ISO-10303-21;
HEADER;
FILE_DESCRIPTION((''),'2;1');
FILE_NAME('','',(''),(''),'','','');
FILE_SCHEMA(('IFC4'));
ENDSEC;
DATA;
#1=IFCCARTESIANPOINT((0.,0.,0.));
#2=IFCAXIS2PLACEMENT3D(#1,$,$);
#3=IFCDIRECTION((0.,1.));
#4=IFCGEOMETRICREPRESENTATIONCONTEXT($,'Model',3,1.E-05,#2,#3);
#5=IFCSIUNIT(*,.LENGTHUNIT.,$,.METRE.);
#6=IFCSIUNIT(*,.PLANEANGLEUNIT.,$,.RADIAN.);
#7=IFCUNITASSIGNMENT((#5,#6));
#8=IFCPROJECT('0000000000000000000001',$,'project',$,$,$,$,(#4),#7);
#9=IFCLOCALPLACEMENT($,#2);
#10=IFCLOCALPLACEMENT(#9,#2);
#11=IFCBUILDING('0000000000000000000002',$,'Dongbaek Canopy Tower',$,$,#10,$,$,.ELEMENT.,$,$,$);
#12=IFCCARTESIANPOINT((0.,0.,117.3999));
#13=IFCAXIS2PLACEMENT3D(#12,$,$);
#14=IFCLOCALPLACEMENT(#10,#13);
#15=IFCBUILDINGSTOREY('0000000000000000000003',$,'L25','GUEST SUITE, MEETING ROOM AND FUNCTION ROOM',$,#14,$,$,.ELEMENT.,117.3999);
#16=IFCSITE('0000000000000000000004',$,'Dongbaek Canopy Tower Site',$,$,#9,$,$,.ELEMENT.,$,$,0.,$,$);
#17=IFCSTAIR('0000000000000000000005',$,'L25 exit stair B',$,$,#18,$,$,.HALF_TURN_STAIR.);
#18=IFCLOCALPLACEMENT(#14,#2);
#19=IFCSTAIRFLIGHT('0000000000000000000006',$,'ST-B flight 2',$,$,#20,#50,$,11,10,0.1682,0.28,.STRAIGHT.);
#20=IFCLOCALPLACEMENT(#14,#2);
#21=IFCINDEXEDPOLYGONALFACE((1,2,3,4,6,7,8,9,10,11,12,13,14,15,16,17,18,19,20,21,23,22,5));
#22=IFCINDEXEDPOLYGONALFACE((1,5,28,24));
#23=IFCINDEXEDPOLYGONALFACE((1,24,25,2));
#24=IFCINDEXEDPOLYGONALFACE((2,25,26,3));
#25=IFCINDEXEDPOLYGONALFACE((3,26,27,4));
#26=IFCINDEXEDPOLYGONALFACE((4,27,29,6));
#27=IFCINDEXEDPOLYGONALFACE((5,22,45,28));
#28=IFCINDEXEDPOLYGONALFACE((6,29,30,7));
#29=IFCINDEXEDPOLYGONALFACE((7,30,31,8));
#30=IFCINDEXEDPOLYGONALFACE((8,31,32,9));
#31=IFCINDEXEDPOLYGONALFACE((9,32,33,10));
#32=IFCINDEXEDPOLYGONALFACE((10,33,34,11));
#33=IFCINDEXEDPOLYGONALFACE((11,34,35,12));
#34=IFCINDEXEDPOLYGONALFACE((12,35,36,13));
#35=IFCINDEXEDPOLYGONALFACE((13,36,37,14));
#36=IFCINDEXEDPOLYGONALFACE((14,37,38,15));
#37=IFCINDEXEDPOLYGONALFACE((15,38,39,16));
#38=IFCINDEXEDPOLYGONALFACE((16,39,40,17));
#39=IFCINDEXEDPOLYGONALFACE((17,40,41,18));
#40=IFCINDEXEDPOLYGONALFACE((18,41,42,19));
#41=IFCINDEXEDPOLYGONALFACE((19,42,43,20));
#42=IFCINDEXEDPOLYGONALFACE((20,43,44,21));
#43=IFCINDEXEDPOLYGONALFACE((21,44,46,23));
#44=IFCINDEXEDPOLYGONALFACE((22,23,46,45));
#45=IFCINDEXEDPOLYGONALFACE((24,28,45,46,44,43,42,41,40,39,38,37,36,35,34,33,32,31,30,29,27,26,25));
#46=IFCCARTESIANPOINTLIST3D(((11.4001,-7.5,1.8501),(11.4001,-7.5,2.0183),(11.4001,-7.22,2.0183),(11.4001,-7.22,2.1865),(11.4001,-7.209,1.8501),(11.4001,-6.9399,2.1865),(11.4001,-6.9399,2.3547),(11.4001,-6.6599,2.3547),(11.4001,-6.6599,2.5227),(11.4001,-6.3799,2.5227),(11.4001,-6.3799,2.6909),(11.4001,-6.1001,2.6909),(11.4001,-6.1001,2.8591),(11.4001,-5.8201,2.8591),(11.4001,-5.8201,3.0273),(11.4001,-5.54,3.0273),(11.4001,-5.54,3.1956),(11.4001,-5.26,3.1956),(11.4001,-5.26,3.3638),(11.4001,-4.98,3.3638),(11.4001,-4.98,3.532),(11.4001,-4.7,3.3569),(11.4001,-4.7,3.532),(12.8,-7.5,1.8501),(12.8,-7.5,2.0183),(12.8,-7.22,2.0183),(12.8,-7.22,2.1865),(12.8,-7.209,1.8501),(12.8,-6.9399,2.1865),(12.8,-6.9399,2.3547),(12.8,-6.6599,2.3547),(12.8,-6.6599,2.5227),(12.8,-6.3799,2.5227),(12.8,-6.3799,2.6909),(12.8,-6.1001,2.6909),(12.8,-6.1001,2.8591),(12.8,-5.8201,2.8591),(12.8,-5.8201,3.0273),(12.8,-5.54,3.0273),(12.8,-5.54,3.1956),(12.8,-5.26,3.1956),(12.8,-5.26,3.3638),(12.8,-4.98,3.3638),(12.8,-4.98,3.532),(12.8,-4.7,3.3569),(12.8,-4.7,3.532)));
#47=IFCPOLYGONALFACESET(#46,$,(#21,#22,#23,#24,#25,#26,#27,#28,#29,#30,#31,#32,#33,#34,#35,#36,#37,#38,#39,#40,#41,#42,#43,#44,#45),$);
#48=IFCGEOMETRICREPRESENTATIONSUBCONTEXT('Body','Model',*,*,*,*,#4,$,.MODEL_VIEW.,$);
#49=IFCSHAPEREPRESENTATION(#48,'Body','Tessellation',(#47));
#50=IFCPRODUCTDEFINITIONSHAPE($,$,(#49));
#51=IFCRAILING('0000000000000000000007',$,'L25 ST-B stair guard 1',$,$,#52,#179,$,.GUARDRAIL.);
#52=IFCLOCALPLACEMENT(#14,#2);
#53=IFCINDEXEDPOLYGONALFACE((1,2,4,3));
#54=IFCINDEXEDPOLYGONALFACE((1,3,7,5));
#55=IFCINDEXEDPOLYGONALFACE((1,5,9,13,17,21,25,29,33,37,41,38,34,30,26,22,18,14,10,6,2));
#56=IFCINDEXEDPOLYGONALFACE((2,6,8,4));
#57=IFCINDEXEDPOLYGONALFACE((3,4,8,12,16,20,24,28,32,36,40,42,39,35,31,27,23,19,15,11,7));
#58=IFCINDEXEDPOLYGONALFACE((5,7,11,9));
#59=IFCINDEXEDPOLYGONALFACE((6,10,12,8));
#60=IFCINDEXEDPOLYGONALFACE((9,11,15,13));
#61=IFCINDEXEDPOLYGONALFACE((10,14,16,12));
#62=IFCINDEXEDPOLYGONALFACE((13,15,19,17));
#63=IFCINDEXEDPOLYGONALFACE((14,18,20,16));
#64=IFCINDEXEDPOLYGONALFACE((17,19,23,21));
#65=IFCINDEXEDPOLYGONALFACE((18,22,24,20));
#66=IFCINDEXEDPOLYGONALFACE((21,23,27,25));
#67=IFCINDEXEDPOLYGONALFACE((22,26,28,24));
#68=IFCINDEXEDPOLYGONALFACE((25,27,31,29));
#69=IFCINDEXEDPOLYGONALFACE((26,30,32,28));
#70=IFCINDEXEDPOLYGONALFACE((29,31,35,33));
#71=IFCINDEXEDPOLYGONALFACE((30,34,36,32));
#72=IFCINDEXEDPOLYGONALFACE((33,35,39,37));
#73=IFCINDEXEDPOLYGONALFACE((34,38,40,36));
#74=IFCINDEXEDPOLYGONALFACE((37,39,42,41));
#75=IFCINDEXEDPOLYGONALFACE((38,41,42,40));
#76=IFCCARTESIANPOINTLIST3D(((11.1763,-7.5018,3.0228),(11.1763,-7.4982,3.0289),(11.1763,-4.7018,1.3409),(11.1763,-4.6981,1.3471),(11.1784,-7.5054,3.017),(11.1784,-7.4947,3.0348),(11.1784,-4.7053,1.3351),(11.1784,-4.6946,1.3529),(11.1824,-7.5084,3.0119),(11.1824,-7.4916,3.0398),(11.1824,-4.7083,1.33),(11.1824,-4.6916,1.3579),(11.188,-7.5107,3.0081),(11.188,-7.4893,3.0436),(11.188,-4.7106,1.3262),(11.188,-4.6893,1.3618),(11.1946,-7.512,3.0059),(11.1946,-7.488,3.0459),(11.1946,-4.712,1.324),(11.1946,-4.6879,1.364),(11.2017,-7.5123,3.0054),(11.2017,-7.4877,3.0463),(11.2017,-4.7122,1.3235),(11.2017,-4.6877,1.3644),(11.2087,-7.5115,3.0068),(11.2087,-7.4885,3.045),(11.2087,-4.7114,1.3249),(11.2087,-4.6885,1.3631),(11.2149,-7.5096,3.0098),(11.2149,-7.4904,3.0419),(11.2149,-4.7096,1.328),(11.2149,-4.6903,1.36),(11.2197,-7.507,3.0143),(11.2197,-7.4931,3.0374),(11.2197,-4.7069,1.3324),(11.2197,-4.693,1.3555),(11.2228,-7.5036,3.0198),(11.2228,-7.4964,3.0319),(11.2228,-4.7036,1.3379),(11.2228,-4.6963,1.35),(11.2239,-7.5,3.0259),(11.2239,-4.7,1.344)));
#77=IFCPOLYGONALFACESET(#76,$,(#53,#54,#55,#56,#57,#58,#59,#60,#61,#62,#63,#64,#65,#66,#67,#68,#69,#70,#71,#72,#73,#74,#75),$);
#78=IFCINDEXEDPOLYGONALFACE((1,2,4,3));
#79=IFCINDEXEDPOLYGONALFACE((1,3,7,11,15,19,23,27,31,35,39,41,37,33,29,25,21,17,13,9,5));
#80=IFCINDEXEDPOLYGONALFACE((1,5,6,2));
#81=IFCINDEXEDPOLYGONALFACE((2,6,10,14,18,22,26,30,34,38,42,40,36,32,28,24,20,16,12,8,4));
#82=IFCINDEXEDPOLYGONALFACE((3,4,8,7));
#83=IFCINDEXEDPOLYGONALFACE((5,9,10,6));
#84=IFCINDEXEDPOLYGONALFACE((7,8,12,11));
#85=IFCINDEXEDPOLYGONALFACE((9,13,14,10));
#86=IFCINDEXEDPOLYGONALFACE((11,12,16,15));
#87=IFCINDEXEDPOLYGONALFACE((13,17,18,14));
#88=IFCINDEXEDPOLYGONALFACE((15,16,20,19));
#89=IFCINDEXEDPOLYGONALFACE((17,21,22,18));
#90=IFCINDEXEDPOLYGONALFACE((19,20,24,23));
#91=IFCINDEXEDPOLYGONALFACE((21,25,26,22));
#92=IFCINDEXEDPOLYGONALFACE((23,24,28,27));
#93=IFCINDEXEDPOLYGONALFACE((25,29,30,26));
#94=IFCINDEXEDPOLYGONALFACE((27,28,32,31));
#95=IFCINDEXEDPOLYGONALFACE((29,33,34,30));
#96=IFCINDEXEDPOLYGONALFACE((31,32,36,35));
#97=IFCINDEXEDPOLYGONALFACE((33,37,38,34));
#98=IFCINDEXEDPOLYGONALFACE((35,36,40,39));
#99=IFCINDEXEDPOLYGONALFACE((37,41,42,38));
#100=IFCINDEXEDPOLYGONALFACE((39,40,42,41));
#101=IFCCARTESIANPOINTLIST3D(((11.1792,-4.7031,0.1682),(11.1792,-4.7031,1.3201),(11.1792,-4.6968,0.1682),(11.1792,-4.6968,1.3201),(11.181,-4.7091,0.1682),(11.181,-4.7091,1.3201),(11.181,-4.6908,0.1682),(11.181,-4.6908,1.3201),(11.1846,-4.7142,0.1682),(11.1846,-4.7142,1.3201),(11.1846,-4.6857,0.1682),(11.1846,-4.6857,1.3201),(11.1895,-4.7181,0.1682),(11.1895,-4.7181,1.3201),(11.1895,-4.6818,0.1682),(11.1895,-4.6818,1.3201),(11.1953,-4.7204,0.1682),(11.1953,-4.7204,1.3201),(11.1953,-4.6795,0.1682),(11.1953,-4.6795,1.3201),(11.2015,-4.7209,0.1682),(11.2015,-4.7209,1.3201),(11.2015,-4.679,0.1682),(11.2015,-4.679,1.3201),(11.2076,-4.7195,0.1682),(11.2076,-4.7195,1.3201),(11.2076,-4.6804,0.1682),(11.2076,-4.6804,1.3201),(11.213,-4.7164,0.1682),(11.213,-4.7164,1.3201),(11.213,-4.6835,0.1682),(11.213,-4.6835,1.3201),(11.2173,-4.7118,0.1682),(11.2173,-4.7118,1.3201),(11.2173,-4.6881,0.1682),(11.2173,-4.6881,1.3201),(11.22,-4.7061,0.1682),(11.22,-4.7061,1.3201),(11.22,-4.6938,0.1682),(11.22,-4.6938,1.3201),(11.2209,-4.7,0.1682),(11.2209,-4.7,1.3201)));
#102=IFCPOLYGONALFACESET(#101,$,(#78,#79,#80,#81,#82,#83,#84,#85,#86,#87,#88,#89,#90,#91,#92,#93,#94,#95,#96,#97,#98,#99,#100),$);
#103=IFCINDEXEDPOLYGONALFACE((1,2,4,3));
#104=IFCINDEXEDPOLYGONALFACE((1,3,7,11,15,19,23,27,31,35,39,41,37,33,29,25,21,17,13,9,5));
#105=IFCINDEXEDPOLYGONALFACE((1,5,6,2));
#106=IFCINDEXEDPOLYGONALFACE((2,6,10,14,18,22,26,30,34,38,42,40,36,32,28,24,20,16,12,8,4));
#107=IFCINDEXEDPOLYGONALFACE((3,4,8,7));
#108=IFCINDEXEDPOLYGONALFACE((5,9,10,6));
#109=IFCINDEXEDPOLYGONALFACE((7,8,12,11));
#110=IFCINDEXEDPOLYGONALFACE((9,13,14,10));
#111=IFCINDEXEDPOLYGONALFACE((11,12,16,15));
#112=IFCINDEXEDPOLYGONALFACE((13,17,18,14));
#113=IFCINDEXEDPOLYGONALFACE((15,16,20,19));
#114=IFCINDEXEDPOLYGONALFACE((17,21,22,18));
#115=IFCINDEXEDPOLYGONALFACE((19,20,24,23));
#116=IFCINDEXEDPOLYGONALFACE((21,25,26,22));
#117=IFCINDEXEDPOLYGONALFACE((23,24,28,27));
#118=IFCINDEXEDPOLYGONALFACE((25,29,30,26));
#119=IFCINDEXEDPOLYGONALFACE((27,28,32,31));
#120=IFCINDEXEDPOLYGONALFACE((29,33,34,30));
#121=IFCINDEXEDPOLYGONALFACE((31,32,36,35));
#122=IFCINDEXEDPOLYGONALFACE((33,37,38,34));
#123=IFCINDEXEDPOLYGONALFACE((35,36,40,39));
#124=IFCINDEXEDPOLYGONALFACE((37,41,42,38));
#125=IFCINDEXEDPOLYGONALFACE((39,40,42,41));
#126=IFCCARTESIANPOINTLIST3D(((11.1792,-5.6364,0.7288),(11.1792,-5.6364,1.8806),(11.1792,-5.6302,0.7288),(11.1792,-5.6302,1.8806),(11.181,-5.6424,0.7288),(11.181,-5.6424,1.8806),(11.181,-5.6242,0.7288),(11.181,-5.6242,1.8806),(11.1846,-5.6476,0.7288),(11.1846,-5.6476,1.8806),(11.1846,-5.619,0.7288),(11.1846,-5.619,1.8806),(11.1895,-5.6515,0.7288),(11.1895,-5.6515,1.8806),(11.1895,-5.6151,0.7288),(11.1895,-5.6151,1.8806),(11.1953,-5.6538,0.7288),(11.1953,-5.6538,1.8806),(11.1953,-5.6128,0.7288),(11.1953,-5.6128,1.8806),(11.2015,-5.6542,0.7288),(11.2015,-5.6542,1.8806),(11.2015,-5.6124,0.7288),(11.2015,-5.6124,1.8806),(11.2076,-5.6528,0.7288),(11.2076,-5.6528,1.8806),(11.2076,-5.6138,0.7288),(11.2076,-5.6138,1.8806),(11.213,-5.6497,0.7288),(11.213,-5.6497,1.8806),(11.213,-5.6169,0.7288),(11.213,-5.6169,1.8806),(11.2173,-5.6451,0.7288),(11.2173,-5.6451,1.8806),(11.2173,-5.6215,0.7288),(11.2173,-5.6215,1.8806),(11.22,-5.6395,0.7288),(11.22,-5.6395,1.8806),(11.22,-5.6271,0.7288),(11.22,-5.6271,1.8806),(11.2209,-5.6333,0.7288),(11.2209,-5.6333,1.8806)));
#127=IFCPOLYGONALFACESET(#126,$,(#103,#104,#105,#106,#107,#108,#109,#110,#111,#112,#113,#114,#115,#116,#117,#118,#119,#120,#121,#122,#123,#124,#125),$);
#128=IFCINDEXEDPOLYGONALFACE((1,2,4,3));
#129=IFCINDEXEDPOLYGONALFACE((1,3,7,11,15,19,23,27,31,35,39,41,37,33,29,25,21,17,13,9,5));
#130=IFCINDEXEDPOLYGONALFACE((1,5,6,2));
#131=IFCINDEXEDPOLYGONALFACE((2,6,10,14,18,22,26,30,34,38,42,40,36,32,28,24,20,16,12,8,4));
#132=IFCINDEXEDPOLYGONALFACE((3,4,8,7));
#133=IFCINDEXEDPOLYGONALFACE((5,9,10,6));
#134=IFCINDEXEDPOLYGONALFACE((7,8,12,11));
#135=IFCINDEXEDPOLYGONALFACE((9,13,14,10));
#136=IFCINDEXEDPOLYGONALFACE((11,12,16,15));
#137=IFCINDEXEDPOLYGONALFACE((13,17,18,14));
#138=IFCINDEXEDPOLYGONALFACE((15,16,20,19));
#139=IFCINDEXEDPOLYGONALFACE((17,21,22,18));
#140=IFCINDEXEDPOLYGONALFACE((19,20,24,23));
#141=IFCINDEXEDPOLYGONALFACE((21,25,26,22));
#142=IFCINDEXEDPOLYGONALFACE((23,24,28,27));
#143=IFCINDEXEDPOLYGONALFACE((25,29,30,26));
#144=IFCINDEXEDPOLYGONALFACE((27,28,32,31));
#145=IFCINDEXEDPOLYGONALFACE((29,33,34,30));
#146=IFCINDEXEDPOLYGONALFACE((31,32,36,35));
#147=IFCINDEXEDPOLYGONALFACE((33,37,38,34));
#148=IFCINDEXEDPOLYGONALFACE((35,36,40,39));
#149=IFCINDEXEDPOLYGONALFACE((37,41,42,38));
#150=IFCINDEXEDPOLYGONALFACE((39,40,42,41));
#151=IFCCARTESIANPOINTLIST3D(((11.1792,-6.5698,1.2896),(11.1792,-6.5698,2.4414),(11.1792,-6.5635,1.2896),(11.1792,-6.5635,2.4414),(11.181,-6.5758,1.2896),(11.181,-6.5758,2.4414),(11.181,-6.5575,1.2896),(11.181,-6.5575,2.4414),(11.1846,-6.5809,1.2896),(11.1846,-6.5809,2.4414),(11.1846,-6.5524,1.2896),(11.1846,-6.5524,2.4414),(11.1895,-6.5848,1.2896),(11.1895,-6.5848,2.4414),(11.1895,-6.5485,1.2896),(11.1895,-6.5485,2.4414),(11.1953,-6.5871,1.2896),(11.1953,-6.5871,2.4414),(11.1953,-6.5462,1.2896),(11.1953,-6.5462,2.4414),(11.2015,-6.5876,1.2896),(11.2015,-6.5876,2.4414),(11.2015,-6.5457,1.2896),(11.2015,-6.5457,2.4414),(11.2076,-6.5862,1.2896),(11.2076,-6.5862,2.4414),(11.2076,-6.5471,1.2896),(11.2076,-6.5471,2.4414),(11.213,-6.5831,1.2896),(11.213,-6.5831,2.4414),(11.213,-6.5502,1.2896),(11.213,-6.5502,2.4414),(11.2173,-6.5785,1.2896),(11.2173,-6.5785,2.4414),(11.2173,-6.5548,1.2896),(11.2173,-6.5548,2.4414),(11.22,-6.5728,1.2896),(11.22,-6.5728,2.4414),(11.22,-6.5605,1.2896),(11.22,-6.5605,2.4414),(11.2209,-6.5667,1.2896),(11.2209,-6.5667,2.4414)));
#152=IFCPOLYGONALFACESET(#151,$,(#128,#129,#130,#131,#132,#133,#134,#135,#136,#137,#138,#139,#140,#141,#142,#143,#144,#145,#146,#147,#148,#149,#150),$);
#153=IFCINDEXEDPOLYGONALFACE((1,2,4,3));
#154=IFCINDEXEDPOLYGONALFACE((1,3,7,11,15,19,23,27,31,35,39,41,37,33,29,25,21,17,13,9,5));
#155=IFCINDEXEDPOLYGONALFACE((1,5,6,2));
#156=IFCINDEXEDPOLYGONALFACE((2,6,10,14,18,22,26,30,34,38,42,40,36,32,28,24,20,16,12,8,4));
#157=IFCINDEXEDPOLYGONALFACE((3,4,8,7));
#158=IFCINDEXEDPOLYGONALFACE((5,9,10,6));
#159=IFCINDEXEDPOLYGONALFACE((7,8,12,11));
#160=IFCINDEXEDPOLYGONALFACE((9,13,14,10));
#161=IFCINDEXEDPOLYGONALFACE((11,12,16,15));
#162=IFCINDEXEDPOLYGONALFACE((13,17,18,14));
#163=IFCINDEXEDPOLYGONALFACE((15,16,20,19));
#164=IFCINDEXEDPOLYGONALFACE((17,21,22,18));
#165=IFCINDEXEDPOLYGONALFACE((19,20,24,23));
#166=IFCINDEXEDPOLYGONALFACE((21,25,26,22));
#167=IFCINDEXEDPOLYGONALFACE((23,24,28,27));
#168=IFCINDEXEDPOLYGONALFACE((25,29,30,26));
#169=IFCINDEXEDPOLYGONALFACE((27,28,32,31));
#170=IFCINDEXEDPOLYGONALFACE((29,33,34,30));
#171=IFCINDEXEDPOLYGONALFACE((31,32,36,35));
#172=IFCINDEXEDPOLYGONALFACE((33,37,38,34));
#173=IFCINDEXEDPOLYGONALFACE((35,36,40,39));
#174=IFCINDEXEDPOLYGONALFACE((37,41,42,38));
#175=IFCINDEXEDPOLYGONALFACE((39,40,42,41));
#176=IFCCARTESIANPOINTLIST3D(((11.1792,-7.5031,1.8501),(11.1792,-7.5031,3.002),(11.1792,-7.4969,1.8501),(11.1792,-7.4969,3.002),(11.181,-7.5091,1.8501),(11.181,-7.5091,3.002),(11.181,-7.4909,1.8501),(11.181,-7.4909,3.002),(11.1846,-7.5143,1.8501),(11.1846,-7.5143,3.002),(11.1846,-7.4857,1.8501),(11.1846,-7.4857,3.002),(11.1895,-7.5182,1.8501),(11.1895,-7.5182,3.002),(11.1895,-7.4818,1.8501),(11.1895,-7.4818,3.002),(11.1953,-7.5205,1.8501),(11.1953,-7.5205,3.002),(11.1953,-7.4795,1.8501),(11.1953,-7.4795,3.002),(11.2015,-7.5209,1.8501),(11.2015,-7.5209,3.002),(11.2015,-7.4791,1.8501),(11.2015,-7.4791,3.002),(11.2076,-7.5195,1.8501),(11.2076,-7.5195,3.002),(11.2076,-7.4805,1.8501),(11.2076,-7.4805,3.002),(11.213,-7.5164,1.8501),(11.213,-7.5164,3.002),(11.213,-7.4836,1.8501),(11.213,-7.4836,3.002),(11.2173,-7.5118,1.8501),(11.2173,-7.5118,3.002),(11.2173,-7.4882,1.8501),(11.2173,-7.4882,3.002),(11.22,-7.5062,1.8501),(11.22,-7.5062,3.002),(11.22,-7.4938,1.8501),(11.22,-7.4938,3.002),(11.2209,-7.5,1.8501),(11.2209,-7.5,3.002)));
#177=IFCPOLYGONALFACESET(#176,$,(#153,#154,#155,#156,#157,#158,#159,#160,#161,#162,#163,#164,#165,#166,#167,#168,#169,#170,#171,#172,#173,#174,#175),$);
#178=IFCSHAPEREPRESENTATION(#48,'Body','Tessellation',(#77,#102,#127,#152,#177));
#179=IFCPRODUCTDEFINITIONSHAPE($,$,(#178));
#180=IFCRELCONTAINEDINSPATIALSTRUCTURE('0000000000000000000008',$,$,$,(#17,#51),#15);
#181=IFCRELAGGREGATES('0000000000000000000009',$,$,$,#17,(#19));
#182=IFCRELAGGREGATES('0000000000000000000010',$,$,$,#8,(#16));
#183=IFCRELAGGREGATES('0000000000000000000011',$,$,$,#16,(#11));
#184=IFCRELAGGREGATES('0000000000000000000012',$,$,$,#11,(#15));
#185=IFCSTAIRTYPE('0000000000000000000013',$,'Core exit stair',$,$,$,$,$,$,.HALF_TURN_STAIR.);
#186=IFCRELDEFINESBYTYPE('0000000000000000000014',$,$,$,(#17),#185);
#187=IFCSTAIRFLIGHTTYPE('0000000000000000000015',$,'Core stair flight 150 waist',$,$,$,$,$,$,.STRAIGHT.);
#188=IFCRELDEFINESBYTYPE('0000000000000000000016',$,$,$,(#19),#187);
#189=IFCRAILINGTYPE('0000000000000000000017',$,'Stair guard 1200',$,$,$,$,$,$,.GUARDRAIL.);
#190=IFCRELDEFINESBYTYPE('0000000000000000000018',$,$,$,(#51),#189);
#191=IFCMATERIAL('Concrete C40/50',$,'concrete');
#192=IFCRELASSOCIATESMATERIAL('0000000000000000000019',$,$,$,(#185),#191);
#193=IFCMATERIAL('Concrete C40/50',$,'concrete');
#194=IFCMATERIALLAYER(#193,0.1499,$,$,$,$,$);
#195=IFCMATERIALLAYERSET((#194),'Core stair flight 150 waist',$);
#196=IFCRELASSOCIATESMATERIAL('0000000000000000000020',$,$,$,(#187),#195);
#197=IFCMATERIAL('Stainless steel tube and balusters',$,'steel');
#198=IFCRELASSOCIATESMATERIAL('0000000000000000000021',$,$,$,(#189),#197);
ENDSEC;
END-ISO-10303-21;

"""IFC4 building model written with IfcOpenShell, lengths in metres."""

from ifc_helpers import new_model, si_unit, direction, frame, origin, origin_2d, place, context, subcontext, project, spatial, polyline, circle, outline, extrude, material, layer, layer_set, type_object, element, aggregate, save


model = new_model("IFC4")

# Units and contexts
model_context = context("Model", 3, precision=1e-05, world=origin(), true_north=direction((0.0, 1.0)))
body_context = subcontext(model_context, "Body", "Model", "MODEL_VIEW")
ifc_project = project(units=[si_unit("LENGTHUNIT", "METRE"), si_unit("PLANEANGLEUNIT", "RADIAN")], contexts=[model_context])

# Site, building, storey
site_placement = place(None, origin())
site = spatial("IfcSite", under=ifc_project, at=site_placement, Name="Dongbaek Canopy Tower Site", CompositionType="ELEMENT", RefElevation=0.0)
building_placement = place(site_placement, origin())
building = spatial("IfcBuilding", under=site, at=building_placement, Name="Dongbaek Canopy Tower", CompositionType="ELEMENT")
storey_placement = place(building_placement, frame((0.0, 0.0, 117.3999)))
storey = spatial("IfcBuildingStorey", under=building, at=storey_placement, Name="L25", Description="GUEST SUITE, MEETING ROOM AND FUNCTION ROOM", CompositionType="ELEMENT", Elevation=117.3999)

# Stair, stair flight
ifc_material_1 = material(Name="Concrete C40/50", Category="concrete")
stair_type = type_object("IfcStairType", Name="Core exit stair", PredefinedType="HALF_TURN_STAIR", material=ifc_material_1)
stair_placement = place(storey_placement, origin())
stair = element("IfcStair", 1, at=stair_placement, inside=storey, type_object=stair_type, Name="L25 exit stair B", PredefinedType="HALF_TURN_STAIR")
ifc_material_2 = material(Name="Concrete C40/50", Category="concrete")
ifc_layer_1 = layer(ifc_material_2, 0.1499)
ifc_layer_set_1 = layer_set([ifc_layer_1], Name="Core stair flight 150 waist")
stair_flight_type = type_object("IfcStairFlightType", Name="Core stair flight 150 waist", PredefinedType="STRAIGHT", material=ifc_layer_set_1)
stair_flight_1_placement = place(storey_placement, frame((12.1001, -7.5, 1.8501), z_axis=(0.0, 0.0, 1.0), x_axis=(0.0, 1.0, 0.0)))
stair_flight_1 = element("IfcStairFlight", 2, at=stair_flight_1_placement, type_object=stair_flight_type, Name="ST-B flight 2", NumberOfRisers=11, NumberOfTreads=10, PredefinedType="STRAIGHT", RiserHeight=0.1682, TreadLength=0.28, context=body_context, shape_type="SweptSolid", body=[
    extrude(outline(polyline([(0.0, 0.0), (0.0, 0.1682), (0.28, 0.1682), (0.28, 0.3364), (0.5601, 0.3364), (0.5601, 0.5046), (0.8401, 0.5046), (0.8401, 0.6726), (1.1201, 0.6726), (1.1201, 0.8408), (1.3999, 0.8408), (1.3999, 1.009), (1.6799, 1.009), (1.6799, 1.1772), (1.96, 1.1772), (1.96, 1.3455), (2.24, 1.3455), (2.24, 1.5137), (2.52, 1.5137), (2.52, 1.6819), (2.8, 1.6819), (2.8, 1.8501), (2.8, 1.5068), (0.291, 0.0), (0.0, 0.0)])), frame((0.0, 0.7, 0.0), z_axis=(0.0, -1.0, 0.0), x_axis=(1.0, 0.0, 0.0)), (0.0, 0.0, 1.0), 1.3999),
])
aggregate(stair, [stair_flight_1])

# Railing
ifc_material_3 = material(Name="Stainless steel tube and balusters", Category="steel")
railing_type_1 = type_object("IfcRailingType", Name="Stair guard 1200", PredefinedType="GUARDRAIL", material=ifc_material_3)
railing_1_placement = place(storey_placement, frame((11.2, -4.7, 0.1682)))
element("IfcRailing", 3, at=railing_1_placement, inside=storey, type_object=railing_type_1, Name="L25 ST-B stair guard 1", PredefinedType="GUARDRAIL", context=body_context, shape_type="SweptSolid", body=[
    extrude(circle(Radius=0.0239, at=origin_2d()), frame((0.0, 0.0, 1.1758), z_axis=(0.0, -0.857242, 0.514913), x_axis=(1.0, 0.0, 0.0)), (0.0, 0.0, 1.0), 3.2664),
    extrude(circle(Radius=0.021, at=origin_2d()), origin(), (0.0, 0.0, 1.0), 1.1519),
    extrude(circle(Radius=0.021, at=origin_2d()), frame((0.0, -0.9333, 0.5605)), (0.0, 0.0, 1.0), 1.1519),
    extrude(circle(Radius=0.021, at=origin_2d()), frame((0.0, -1.8667, 1.1213)), (0.0, 0.0, 1.0), 1.1519),
    extrude(circle(Radius=0.021, at=origin_2d()), frame((0.0, -2.8, 1.6819)), (0.0, 0.0, 1.0), 1.1519),
])

save(model, "model.ifc")
